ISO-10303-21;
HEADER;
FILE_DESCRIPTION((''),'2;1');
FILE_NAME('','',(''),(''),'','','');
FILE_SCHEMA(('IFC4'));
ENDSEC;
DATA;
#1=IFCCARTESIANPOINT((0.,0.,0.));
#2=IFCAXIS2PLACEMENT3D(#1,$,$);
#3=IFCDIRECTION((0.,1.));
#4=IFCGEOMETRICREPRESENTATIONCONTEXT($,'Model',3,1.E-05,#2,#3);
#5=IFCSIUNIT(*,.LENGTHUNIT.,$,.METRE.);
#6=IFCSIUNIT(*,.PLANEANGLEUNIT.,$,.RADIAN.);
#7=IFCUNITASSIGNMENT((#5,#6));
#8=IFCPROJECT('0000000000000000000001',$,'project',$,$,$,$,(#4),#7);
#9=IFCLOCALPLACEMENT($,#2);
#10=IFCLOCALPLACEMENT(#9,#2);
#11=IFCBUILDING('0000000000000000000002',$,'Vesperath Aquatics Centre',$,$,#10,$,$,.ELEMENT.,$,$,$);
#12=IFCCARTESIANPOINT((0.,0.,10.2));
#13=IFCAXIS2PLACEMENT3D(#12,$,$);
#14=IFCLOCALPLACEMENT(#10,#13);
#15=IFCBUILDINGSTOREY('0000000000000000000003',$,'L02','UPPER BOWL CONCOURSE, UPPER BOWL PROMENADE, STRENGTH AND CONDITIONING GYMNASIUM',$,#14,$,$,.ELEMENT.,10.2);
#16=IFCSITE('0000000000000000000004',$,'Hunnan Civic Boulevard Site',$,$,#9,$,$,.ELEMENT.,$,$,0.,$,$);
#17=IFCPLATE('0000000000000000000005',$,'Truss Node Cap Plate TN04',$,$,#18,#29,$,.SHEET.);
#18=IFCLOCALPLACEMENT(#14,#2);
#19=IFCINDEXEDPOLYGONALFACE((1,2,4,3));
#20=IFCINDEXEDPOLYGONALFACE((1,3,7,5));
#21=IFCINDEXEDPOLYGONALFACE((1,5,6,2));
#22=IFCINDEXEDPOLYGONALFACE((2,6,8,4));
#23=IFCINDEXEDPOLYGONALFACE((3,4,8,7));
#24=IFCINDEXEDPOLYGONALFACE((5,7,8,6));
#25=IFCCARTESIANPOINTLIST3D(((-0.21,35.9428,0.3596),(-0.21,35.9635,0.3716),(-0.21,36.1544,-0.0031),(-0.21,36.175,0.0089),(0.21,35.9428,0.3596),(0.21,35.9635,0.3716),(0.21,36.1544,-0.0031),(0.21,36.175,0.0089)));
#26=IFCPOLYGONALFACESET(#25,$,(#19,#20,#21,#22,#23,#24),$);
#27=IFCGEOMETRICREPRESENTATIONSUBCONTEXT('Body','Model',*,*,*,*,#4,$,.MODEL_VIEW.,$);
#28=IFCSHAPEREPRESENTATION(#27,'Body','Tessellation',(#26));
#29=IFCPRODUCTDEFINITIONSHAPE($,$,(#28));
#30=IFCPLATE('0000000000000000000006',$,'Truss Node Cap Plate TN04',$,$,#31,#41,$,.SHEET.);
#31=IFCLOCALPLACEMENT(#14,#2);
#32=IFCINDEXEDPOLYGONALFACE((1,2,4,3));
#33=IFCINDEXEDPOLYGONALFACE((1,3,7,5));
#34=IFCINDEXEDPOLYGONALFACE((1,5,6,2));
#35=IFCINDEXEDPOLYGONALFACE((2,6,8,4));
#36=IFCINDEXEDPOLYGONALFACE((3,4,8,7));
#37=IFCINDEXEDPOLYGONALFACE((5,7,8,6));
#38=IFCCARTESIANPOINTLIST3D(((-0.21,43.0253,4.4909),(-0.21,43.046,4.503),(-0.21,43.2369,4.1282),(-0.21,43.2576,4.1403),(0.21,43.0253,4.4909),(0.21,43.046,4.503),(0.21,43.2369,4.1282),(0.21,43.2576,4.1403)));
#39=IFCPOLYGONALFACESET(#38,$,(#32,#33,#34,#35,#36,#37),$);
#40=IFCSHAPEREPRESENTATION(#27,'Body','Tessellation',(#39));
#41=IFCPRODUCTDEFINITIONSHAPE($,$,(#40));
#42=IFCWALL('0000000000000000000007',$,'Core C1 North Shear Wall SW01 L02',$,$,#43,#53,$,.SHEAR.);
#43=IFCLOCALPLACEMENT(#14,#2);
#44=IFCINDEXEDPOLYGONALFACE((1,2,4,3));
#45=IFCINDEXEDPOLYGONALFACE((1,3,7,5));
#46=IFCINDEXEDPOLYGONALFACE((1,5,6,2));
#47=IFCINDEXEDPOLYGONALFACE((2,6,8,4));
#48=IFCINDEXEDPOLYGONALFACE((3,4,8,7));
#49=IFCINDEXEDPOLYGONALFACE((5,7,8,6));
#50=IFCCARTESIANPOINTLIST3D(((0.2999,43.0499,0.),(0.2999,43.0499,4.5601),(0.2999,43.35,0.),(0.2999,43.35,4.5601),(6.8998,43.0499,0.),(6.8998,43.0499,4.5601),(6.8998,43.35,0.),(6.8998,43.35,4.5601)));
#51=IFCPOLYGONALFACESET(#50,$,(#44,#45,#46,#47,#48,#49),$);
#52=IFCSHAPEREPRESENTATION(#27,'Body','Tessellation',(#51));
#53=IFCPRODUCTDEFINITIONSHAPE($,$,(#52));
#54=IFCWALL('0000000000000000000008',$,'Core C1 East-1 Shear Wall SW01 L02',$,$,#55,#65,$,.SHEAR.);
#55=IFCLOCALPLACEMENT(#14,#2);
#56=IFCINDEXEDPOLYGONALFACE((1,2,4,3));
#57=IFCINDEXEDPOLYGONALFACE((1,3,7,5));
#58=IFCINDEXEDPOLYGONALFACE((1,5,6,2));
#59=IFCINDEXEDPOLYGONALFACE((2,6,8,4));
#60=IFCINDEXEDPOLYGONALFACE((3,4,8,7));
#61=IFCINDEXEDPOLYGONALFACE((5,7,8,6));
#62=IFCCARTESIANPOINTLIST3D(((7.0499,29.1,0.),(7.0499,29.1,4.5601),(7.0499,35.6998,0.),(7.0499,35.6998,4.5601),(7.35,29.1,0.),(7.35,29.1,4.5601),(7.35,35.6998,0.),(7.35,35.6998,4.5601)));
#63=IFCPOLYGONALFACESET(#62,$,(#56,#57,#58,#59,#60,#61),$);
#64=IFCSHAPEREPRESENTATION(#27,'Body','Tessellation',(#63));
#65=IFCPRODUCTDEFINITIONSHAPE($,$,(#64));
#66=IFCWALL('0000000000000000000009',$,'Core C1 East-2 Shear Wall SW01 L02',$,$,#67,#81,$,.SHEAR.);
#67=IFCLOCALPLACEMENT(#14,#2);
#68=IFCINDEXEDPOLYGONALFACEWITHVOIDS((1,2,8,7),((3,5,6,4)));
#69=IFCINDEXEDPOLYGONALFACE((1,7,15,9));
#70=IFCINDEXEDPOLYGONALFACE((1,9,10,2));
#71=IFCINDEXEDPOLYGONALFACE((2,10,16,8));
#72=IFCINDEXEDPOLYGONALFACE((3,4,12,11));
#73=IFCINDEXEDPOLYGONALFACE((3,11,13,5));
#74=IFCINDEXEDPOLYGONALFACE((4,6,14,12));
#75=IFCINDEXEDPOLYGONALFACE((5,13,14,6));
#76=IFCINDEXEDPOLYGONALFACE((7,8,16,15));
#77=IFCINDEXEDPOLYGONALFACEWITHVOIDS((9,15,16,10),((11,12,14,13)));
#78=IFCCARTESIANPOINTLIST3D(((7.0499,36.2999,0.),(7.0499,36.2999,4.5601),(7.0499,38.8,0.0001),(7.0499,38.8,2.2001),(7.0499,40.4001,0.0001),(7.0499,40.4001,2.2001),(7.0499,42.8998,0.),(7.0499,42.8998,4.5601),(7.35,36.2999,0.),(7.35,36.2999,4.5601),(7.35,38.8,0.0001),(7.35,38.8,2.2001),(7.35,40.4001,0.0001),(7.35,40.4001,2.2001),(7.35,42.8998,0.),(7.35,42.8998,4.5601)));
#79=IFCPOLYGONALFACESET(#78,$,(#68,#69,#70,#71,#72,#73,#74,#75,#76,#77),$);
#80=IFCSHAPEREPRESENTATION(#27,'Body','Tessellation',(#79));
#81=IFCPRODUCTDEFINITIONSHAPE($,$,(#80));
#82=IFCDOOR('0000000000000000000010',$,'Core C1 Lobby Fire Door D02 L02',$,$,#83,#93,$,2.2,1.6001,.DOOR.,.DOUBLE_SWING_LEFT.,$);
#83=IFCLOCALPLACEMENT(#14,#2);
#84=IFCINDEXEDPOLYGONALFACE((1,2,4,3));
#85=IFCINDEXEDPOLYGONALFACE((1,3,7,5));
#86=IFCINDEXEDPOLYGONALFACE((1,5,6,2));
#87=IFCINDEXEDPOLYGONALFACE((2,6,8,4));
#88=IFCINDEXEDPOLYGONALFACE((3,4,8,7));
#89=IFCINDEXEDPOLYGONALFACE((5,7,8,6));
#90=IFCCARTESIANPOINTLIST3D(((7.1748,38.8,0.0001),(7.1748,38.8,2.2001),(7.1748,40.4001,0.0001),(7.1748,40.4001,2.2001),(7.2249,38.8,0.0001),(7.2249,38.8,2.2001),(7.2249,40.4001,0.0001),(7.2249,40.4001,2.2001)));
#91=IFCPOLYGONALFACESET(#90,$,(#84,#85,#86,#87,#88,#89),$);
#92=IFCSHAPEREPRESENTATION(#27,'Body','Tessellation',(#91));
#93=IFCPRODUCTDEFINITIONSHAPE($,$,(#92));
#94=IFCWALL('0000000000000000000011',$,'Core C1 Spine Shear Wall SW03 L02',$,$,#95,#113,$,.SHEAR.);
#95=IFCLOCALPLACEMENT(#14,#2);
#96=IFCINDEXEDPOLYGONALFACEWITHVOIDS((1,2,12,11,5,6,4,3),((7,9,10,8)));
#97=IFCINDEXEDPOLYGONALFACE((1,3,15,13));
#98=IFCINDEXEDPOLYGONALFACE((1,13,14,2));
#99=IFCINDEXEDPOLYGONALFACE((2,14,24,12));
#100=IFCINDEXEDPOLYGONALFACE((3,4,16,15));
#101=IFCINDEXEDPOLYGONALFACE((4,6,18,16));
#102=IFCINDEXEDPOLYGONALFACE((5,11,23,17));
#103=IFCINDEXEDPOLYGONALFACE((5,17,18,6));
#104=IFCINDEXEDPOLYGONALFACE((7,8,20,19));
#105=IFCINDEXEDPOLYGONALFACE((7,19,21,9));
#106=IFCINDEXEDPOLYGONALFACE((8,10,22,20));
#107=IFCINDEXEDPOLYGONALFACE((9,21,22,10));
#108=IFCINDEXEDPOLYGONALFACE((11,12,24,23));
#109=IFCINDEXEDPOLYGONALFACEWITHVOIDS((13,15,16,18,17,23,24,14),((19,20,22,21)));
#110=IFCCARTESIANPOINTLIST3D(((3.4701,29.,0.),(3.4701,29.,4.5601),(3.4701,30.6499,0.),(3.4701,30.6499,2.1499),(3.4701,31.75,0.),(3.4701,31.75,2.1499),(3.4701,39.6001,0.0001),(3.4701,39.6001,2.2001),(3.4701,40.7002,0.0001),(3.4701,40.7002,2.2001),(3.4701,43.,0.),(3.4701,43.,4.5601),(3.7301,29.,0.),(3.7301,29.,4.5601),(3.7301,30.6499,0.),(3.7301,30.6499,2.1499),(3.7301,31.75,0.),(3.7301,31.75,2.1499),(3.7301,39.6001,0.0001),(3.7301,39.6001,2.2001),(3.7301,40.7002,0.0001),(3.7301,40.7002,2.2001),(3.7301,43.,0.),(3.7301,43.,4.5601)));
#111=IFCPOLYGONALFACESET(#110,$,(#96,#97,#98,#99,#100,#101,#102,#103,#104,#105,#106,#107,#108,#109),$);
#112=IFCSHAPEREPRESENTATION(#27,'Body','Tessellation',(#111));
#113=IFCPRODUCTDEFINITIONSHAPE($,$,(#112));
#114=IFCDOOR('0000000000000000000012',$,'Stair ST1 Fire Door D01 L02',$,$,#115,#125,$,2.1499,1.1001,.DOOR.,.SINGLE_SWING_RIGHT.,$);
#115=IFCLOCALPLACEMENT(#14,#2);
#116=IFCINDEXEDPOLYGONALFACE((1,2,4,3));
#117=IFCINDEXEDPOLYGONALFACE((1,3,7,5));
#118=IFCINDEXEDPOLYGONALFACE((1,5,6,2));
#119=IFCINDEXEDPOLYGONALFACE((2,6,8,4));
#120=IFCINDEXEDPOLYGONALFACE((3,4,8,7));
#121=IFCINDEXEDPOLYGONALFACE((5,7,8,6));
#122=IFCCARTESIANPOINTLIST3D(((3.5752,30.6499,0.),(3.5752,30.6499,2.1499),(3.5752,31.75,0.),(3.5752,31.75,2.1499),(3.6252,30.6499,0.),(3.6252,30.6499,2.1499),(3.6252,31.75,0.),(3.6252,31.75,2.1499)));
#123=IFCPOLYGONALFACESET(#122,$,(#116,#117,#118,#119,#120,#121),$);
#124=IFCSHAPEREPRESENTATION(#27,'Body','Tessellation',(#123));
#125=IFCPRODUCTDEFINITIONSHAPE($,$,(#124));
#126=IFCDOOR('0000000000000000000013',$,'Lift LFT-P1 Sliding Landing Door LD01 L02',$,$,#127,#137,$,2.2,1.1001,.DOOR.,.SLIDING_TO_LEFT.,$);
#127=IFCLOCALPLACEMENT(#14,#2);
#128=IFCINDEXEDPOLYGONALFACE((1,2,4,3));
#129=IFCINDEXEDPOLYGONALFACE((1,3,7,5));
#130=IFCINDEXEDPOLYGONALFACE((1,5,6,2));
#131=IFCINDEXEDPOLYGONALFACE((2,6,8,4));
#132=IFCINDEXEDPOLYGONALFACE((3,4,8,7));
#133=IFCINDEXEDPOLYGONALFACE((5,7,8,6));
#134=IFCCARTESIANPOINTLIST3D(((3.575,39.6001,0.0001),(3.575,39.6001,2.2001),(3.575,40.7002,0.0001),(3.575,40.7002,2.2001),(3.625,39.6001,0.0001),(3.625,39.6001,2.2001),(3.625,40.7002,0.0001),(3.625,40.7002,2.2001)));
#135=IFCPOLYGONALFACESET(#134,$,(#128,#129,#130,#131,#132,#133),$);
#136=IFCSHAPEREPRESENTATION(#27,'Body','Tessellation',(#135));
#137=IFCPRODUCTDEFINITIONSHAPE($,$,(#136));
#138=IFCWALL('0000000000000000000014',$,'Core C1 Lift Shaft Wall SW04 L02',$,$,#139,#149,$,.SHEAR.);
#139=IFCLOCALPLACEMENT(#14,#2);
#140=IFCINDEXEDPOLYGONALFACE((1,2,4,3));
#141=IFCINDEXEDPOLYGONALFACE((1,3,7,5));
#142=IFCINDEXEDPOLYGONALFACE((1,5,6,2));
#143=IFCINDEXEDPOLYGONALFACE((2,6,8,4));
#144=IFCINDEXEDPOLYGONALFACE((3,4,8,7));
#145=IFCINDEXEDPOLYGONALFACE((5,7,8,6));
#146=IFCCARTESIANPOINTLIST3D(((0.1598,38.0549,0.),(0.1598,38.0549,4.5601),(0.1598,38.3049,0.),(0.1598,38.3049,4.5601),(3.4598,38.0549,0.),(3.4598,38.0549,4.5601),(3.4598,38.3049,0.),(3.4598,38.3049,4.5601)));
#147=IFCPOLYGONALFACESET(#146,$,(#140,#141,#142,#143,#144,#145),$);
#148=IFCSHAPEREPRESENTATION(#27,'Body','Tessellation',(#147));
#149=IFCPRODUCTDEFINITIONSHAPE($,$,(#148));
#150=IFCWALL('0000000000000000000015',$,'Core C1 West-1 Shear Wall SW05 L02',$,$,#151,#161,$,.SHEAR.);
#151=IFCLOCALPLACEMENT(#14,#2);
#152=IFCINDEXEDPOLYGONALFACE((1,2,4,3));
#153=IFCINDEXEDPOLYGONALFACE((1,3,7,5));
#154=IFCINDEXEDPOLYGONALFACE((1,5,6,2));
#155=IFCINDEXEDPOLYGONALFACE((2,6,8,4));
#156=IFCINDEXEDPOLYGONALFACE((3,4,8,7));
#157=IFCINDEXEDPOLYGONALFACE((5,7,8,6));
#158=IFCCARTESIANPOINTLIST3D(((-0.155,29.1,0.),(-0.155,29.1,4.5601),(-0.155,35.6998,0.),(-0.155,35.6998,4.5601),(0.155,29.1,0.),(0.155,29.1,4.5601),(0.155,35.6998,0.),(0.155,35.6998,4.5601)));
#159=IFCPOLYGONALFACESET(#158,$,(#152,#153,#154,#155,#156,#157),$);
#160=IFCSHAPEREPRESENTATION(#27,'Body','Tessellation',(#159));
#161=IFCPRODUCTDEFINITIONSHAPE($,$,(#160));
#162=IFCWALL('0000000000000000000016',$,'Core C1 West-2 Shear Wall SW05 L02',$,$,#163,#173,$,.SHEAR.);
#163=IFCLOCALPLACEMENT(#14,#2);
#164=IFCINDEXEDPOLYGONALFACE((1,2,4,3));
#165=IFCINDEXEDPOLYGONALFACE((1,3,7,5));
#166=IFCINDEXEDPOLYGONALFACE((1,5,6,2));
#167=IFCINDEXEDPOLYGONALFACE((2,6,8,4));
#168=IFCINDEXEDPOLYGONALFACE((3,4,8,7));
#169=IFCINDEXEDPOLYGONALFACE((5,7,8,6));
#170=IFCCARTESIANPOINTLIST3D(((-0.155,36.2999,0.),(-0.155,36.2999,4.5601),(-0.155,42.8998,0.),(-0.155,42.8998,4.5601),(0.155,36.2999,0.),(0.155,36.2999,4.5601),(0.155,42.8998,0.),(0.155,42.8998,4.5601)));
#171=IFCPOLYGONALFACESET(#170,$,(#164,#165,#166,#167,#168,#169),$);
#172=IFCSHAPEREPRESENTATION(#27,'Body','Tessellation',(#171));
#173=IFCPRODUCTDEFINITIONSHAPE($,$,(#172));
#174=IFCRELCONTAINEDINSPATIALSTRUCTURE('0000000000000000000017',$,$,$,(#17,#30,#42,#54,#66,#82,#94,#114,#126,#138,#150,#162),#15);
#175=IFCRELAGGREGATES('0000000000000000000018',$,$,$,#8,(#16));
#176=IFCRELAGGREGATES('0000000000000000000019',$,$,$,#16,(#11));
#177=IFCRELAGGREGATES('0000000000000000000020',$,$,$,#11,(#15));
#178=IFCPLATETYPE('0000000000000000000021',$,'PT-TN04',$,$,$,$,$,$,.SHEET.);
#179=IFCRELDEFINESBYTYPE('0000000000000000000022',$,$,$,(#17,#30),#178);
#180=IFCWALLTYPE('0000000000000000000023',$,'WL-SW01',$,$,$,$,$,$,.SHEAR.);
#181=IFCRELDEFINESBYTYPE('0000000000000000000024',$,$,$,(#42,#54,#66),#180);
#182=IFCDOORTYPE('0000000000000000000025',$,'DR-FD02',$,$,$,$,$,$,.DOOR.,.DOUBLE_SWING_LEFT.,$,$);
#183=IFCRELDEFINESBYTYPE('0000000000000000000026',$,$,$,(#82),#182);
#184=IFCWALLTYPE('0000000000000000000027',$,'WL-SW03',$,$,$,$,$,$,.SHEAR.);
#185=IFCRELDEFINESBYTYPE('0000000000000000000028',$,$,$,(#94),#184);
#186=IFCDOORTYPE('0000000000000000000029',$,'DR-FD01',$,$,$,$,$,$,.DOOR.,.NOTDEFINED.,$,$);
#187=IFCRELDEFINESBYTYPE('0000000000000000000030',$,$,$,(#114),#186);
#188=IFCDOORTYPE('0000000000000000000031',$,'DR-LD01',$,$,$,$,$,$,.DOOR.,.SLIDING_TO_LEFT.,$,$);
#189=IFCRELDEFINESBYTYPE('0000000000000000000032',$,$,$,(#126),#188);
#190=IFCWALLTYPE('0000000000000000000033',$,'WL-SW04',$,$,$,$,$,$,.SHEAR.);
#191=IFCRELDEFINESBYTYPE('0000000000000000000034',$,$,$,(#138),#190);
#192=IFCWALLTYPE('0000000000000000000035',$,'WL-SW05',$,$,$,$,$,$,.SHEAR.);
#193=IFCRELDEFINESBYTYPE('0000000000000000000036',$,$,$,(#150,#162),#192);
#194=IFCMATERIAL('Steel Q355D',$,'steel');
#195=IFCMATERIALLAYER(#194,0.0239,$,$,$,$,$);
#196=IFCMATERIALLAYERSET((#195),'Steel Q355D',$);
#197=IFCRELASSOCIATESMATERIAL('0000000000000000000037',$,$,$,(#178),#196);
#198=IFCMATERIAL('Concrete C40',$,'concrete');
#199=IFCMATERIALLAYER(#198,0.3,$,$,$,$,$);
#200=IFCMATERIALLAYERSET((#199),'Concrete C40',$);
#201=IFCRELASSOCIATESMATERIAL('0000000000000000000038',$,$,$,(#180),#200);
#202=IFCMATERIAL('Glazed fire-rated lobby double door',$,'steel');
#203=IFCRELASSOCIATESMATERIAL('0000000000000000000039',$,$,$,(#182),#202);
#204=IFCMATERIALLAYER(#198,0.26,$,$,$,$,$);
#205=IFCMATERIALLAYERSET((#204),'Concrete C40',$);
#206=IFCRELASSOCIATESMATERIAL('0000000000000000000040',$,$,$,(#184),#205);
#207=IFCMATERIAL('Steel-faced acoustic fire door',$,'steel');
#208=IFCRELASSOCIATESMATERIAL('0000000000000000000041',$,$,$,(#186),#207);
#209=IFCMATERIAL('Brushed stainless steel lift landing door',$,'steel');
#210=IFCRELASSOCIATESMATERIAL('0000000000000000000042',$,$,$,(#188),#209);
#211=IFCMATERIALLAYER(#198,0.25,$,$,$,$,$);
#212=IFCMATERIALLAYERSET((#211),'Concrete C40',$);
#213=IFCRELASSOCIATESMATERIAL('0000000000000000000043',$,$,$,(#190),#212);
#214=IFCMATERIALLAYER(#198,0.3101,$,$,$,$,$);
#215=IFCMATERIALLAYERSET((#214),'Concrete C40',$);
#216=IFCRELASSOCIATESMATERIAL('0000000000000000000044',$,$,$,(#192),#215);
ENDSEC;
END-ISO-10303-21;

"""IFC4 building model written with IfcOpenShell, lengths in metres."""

from ifc_helpers import new_model, si_unit, direction, frame, frame_2d, origin, origin_2d, place, context, subcontext, project, spatial, rectangle, extrude, material, layer, layer_set, type_object, element, fill, save


model = new_model("IFC4")

# Units and contexts
model_context = context("Model", 3, precision=1e-05, world=origin(), true_north=direction((0.0, 1.0)))
body_context = subcontext(model_context, "Body", "Model", "MODEL_VIEW")
ifc_project = project(units=[si_unit("LENGTHUNIT", "METRE"), si_unit("PLANEANGLEUNIT", "RADIAN")], contexts=[model_context])

# Site, building, storey
site_placement = place(None, origin())
site = spatial("IfcSite", under=ifc_project, at=site_placement, Name="Hunnan Civic Boulevard Site", CompositionType="ELEMENT", RefElevation=0.0)
building_placement = place(site_placement, origin())
building = spatial("IfcBuilding", under=site, at=building_placement, Name="Vesperath Aquatics Centre", CompositionType="ELEMENT")
storey_placement = place(building_placement, frame((0.0, 0.0, 10.2)))
storey = spatial("IfcBuildingStorey", under=building, at=storey_placement, Name="L02", Description="UPPER BOWL CONCOURSE, UPPER BOWL PROMENADE, STRENGTH AND CONDITIONING GYMNASIUM", CompositionType="ELEMENT", Elevation=10.2)

# Shared definitions
ifc_material_1 = material(Name="Concrete C40", Category="concrete")

# Shared definitions
ifc_material_2 = material(Name="Steel Q355D", Category="steel")

# Plates
ifc_layer_1 = layer(ifc_material_2, 0.0239)
ifc_layer_set_1 = layer_set([ifc_layer_1], Name="Steel Q355D")
plate_type = type_object("IfcPlateType", Name="PT-TN04", PredefinedType="SHEET", material=ifc_layer_set_1)
for number, where, z_axis, x_axis, name in (
    (1, (0.0, 36.0486, 0.1782), (0.0, 0.863779, 0.503871), (-1.0, 0.0, 0.0), "Truss Node Cap Plate TN04"),
    (2, (0.0, 43.1311, 4.3096), (0.0, 0.863779, 0.503871), (-1.0, 0.0, 0.0), "Truss Node Cap Plate TN04"),
):
    element("IfcPlate", number, at=place(storey_placement, frame(where, z_axis=z_axis, x_axis=x_axis)), inside=storey, type_object=plate_type, Name=name, PredefinedType="SHEET", context=body_context, shape_type="SweptSolid", body=[
        extrude(rectangle(XDim=0.4199, YDim=0.4199, at=origin_2d()), origin(), (0.0, 0.0, 1.0), 0.0239),
    ])

# Walls
ifc_layer_2 = layer(ifc_material_1, 0.3)
ifc_layer_set_2 = layer_set([ifc_layer_2], Name="Concrete C40")
wall_type_1 = type_object("IfcWallType", Name="WL-SW01", PredefinedType="SHEAR", material=ifc_layer_set_2)
for number, where, z_axis, x_axis, name in (
    (3, (0.3, 43.2, 0.0), (0.0, 0.0, 1.0), (1.0, 0.0, 0.0), "Core C1 North Shear Wall SW01 L02"),
    (4, (7.2, 29.1001, 0.0), (0.0, 0.0, 1.0), (0.0, 1.0, 0.0), "Core C1 East-1 Shear Wall SW01 L02"),
):
    element("IfcWall", number, at=place(storey_placement, frame(where, z_axis=z_axis, x_axis=x_axis)), inside=storey, type_object=wall_type_1, Name=name, PredefinedType="SHEAR", context=body_context, shape_type="SweptSolid", body=[
        extrude(rectangle(XDim=6.5999, YDim=0.3, at=frame_2d((3.2998, 0.0))), origin(), (0.0, 0.0, 1.0), 4.5601),
    ])

# Wall, opening, door
wall_1_placement = place(storey_placement, frame((7.2, 36.3, 0.0), z_axis=(0.0, 0.0, 1.0), x_axis=(0.0, 1.0, 0.0)))
wall_1 = element("IfcWall", 5, at=wall_1_placement, inside=storey, type_object=wall_type_1, Name="Core C1 East-2 Shear Wall SW01 L02", PredefinedType="SHEAR", context=body_context, shape_type="SweptSolid", body=[
    extrude(rectangle(XDim=6.5999, YDim=0.3, at=frame_2d((3.2998, 0.0))), origin(), (0.0, 0.0, 1.0), 4.5601),
])
opening_1_placement = place(wall_1_placement, frame((2.5, 0.0, 0.0)))
opening_1 = element("IfcOpeningElement", 6, at=opening_1_placement, cuts=wall_1, PredefinedType="OPENING", context=body_context, shape_type="SweptSolid", body=[
    extrude(rectangle(XDim=1.6001, YDim=2.2, at=frame_2d((0.8, 1.1001))), frame((0.0, 0.165, 0.0), z_axis=(0.0, -1.0, 0.0), x_axis=(1.0, 0.0, 0.0)), (0.0, 0.0, 1.0), 0.3298),
])
ifc_material_3 = material(Name="Glazed fire-rated lobby double door", Category="steel")
door_type_1 = type_object("IfcDoorType", Name="DR-FD02", OperationType="DOUBLE_SWING_LEFT", PredefinedType="DOOR", material=ifc_material_3)
door_1_placement = place(opening_1_placement, frame((1.6001, 0.0, 0.0), z_axis=(0.0, 0.0, 1.0), x_axis=(-1.0, 0.0, 0.0)))
door_1 = element("IfcDoor", 7, at=door_1_placement, inside=storey, type_object=door_type_1, Name="Core C1 Lobby Fire Door D02 L02", OperationType="DOUBLE_SWING_LEFT", OverallHeight=2.2, OverallWidth=1.6001, PredefinedType="DOOR", context=body_context, shape_type="SweptSolid", body=[
    extrude(rectangle(XDim=1.6001, YDim=2.2, at=frame_2d((0.8, 1.1001))), frame((0.0, 0.0249, 0.0), z_axis=(0.0, -1.0, 0.0), x_axis=(1.0, 0.0, 0.0)), (0.0, 0.0, 1.0), 0.05),
])
fill(opening_1, door_1)

# Wall, openings, doors
ifc_layer_3 = layer(ifc_material_1, 0.26)
ifc_layer_set_3 = layer_set([ifc_layer_3], Name="Concrete C40")
wall_type_2 = type_object("IfcWallType", Name="WL-SW03", PredefinedType="SHEAR", material=ifc_layer_set_3)
wall_2_placement = place(storey_placement, frame((3.6001, 29.0, 0.0), z_axis=(0.0, 0.0, 1.0), x_axis=(0.0, 1.0, 0.0)))
wall_2 = element("IfcWall", 8, at=wall_2_placement, inside=storey, type_object=wall_type_2, Name="Core C1 Spine Shear Wall SW03 L02", PredefinedType="SHEAR", context=body_context, shape_type="SweptSolid", body=[
    extrude(rectangle(XDim=14.0, YDim=0.26, at=frame_2d((7.0, 0.0))), origin(), (0.0, 0.0, 1.0), 4.5601),
])
opening_2_placement = place(wall_2_placement, frame((1.6499, 0.0, 0.0)))
opening_2 = element("IfcOpeningElement", 9, at=opening_2_placement, cuts=wall_2, PredefinedType="OPENING", context=body_context, shape_type="SweptSolid", body=[
    extrude(rectangle(XDim=1.1001, YDim=2.1499, at=frame_2d((0.55, 1.075))), frame((0.0, 0.145, 0.0), z_axis=(0.0, -1.0, 0.0), x_axis=(1.0, 0.0, 0.0)), (0.0, 0.0, 1.0), 0.2898),
])
opening_3_placement = place(wall_2_placement, frame((10.6001, 0.0, 0.0)))
opening_3 = element("IfcOpeningElement", 10, at=opening_3_placement, cuts=wall_2, PredefinedType="OPENING", context=body_context, shape_type="SweptSolid", body=[
    extrude(rectangle(XDim=1.1001, YDim=2.2, at=frame_2d((0.55, 1.1001))), frame((0.0, 0.145, 0.0), z_axis=(0.0, -1.0, 0.0), x_axis=(1.0, 0.0, 0.0)), (0.0, 0.0, 1.0), 0.2898),
])
ifc_material_4 = material(Name="Steel-faced acoustic fire door", Category="steel")
door_type_2 = type_object("IfcDoorType", Name="DR-FD01", OperationType="NOTDEFINED", PredefinedType="DOOR", material=ifc_material_4)
door_2_placement = place(opening_2_placement, origin())
door_2 = element("IfcDoor", 11, at=door_2_placement, inside=storey, type_object=door_type_2, Name="Stair ST1 Fire Door D01 L02", OperationType="SINGLE_SWING_RIGHT", OverallHeight=2.1499, OverallWidth=1.1001, PredefinedType="DOOR", context=body_context, shape_type="SweptSolid", body=[
    extrude(rectangle(XDim=1.1001, YDim=2.1499, at=frame_2d((0.55, 1.075))), frame((0.0, 0.0249, 0.0), z_axis=(0.0, -1.0, 0.0), x_axis=(1.0, 0.0, 0.0)), (0.0, 0.0, 1.0), 0.05),
])
fill(opening_2, door_2)
ifc_material_5 = material(Name="Brushed stainless steel lift landing door", Category="steel")
door_type_3 = type_object("IfcDoorType", Name="DR-LD01", OperationType="SLIDING_TO_LEFT", PredefinedType="DOOR", material=ifc_material_5)
door_3_placement = place(opening_3_placement, frame((1.1001, 0.0, 0.0), z_axis=(0.0, 0.0, 1.0), x_axis=(-1.0, 0.0, 0.0)))
door_3 = element("IfcDoor", 12, at=door_3_placement, inside=storey, type_object=door_type_3, Name="Lift LFT-P1 Sliding Landing Door LD01 L02", OperationType="SLIDING_TO_LEFT", OverallHeight=2.2, OverallWidth=1.1001, PredefinedType="DOOR", context=body_context, shape_type="SweptSolid", body=[
    extrude(rectangle(XDim=1.1001, YDim=2.2, at=frame_2d((0.55, 1.1001))), frame((0.0, 0.0249, 0.0), z_axis=(0.0, -1.0, 0.0), x_axis=(1.0, 0.0, 0.0)), (0.0, 0.0, 1.0), 0.05),
])
fill(opening_3, door_3)

# Walls
ifc_layer_4 = layer(ifc_material_1, 0.25)
ifc_layer_set_4 = layer_set([ifc_layer_4], Name="Concrete C40")
wall_type_3 = type_object("IfcWallType", Name="WL-SW04", PredefinedType="SHEAR", material=ifc_layer_set_4)
wall_3_placement = place(storey_placement, frame((0.1599, 38.1799, 0.0), z_axis=(0.0, 0.0, 1.0), x_axis=(1.0, 0.0, 0.0)))
element("IfcWall", 13, at=wall_3_placement, inside=storey, type_object=wall_type_3, Name="Core C1 Lift Shaft Wall SW04 L02", PredefinedType="SHEAR", context=body_context, shape_type="SweptSolid", body=[
    extrude(rectangle(XDim=3.3, YDim=0.25, at=frame_2d((1.6499, 0.0))), origin(), (0.0, 0.0, 1.0), 4.5601),
])
ifc_layer_5 = layer(ifc_material_1, 0.3101)
ifc_layer_set_5 = layer_set([ifc_layer_5], Name="Concrete C40")
wall_type_4 = type_object("IfcWallType", Name="WL-SW05", PredefinedType="SHEAR", material=ifc_layer_set_5)
for number, where, z_axis, x_axis, name in (
    (14, (0.0, 29.1001, 0.0), (0.0, 0.0, 1.0), (0.0, 1.0, 0.0), "Core C1 West-1 Shear Wall SW05 L02"),
    (15, (0.0, 36.3, 0.0), (0.0, 0.0, 1.0), (0.0, 1.0, 0.0), "Core C1 West-2 Shear Wall SW05 L02"),
):
    element("IfcWall", number, at=place(storey_placement, frame(where, z_axis=z_axis, x_axis=x_axis)), inside=storey, type_object=wall_type_4, Name=name, PredefinedType="SHEAR", context=body_context, shape_type="SweptSolid", body=[
        extrude(rectangle(XDim=6.5999, YDim=0.3101, at=frame_2d((3.2998, 0.0))), origin(), (0.0, 0.0, 1.0), 4.5601),
    ])

save(model, "model.ifc")
